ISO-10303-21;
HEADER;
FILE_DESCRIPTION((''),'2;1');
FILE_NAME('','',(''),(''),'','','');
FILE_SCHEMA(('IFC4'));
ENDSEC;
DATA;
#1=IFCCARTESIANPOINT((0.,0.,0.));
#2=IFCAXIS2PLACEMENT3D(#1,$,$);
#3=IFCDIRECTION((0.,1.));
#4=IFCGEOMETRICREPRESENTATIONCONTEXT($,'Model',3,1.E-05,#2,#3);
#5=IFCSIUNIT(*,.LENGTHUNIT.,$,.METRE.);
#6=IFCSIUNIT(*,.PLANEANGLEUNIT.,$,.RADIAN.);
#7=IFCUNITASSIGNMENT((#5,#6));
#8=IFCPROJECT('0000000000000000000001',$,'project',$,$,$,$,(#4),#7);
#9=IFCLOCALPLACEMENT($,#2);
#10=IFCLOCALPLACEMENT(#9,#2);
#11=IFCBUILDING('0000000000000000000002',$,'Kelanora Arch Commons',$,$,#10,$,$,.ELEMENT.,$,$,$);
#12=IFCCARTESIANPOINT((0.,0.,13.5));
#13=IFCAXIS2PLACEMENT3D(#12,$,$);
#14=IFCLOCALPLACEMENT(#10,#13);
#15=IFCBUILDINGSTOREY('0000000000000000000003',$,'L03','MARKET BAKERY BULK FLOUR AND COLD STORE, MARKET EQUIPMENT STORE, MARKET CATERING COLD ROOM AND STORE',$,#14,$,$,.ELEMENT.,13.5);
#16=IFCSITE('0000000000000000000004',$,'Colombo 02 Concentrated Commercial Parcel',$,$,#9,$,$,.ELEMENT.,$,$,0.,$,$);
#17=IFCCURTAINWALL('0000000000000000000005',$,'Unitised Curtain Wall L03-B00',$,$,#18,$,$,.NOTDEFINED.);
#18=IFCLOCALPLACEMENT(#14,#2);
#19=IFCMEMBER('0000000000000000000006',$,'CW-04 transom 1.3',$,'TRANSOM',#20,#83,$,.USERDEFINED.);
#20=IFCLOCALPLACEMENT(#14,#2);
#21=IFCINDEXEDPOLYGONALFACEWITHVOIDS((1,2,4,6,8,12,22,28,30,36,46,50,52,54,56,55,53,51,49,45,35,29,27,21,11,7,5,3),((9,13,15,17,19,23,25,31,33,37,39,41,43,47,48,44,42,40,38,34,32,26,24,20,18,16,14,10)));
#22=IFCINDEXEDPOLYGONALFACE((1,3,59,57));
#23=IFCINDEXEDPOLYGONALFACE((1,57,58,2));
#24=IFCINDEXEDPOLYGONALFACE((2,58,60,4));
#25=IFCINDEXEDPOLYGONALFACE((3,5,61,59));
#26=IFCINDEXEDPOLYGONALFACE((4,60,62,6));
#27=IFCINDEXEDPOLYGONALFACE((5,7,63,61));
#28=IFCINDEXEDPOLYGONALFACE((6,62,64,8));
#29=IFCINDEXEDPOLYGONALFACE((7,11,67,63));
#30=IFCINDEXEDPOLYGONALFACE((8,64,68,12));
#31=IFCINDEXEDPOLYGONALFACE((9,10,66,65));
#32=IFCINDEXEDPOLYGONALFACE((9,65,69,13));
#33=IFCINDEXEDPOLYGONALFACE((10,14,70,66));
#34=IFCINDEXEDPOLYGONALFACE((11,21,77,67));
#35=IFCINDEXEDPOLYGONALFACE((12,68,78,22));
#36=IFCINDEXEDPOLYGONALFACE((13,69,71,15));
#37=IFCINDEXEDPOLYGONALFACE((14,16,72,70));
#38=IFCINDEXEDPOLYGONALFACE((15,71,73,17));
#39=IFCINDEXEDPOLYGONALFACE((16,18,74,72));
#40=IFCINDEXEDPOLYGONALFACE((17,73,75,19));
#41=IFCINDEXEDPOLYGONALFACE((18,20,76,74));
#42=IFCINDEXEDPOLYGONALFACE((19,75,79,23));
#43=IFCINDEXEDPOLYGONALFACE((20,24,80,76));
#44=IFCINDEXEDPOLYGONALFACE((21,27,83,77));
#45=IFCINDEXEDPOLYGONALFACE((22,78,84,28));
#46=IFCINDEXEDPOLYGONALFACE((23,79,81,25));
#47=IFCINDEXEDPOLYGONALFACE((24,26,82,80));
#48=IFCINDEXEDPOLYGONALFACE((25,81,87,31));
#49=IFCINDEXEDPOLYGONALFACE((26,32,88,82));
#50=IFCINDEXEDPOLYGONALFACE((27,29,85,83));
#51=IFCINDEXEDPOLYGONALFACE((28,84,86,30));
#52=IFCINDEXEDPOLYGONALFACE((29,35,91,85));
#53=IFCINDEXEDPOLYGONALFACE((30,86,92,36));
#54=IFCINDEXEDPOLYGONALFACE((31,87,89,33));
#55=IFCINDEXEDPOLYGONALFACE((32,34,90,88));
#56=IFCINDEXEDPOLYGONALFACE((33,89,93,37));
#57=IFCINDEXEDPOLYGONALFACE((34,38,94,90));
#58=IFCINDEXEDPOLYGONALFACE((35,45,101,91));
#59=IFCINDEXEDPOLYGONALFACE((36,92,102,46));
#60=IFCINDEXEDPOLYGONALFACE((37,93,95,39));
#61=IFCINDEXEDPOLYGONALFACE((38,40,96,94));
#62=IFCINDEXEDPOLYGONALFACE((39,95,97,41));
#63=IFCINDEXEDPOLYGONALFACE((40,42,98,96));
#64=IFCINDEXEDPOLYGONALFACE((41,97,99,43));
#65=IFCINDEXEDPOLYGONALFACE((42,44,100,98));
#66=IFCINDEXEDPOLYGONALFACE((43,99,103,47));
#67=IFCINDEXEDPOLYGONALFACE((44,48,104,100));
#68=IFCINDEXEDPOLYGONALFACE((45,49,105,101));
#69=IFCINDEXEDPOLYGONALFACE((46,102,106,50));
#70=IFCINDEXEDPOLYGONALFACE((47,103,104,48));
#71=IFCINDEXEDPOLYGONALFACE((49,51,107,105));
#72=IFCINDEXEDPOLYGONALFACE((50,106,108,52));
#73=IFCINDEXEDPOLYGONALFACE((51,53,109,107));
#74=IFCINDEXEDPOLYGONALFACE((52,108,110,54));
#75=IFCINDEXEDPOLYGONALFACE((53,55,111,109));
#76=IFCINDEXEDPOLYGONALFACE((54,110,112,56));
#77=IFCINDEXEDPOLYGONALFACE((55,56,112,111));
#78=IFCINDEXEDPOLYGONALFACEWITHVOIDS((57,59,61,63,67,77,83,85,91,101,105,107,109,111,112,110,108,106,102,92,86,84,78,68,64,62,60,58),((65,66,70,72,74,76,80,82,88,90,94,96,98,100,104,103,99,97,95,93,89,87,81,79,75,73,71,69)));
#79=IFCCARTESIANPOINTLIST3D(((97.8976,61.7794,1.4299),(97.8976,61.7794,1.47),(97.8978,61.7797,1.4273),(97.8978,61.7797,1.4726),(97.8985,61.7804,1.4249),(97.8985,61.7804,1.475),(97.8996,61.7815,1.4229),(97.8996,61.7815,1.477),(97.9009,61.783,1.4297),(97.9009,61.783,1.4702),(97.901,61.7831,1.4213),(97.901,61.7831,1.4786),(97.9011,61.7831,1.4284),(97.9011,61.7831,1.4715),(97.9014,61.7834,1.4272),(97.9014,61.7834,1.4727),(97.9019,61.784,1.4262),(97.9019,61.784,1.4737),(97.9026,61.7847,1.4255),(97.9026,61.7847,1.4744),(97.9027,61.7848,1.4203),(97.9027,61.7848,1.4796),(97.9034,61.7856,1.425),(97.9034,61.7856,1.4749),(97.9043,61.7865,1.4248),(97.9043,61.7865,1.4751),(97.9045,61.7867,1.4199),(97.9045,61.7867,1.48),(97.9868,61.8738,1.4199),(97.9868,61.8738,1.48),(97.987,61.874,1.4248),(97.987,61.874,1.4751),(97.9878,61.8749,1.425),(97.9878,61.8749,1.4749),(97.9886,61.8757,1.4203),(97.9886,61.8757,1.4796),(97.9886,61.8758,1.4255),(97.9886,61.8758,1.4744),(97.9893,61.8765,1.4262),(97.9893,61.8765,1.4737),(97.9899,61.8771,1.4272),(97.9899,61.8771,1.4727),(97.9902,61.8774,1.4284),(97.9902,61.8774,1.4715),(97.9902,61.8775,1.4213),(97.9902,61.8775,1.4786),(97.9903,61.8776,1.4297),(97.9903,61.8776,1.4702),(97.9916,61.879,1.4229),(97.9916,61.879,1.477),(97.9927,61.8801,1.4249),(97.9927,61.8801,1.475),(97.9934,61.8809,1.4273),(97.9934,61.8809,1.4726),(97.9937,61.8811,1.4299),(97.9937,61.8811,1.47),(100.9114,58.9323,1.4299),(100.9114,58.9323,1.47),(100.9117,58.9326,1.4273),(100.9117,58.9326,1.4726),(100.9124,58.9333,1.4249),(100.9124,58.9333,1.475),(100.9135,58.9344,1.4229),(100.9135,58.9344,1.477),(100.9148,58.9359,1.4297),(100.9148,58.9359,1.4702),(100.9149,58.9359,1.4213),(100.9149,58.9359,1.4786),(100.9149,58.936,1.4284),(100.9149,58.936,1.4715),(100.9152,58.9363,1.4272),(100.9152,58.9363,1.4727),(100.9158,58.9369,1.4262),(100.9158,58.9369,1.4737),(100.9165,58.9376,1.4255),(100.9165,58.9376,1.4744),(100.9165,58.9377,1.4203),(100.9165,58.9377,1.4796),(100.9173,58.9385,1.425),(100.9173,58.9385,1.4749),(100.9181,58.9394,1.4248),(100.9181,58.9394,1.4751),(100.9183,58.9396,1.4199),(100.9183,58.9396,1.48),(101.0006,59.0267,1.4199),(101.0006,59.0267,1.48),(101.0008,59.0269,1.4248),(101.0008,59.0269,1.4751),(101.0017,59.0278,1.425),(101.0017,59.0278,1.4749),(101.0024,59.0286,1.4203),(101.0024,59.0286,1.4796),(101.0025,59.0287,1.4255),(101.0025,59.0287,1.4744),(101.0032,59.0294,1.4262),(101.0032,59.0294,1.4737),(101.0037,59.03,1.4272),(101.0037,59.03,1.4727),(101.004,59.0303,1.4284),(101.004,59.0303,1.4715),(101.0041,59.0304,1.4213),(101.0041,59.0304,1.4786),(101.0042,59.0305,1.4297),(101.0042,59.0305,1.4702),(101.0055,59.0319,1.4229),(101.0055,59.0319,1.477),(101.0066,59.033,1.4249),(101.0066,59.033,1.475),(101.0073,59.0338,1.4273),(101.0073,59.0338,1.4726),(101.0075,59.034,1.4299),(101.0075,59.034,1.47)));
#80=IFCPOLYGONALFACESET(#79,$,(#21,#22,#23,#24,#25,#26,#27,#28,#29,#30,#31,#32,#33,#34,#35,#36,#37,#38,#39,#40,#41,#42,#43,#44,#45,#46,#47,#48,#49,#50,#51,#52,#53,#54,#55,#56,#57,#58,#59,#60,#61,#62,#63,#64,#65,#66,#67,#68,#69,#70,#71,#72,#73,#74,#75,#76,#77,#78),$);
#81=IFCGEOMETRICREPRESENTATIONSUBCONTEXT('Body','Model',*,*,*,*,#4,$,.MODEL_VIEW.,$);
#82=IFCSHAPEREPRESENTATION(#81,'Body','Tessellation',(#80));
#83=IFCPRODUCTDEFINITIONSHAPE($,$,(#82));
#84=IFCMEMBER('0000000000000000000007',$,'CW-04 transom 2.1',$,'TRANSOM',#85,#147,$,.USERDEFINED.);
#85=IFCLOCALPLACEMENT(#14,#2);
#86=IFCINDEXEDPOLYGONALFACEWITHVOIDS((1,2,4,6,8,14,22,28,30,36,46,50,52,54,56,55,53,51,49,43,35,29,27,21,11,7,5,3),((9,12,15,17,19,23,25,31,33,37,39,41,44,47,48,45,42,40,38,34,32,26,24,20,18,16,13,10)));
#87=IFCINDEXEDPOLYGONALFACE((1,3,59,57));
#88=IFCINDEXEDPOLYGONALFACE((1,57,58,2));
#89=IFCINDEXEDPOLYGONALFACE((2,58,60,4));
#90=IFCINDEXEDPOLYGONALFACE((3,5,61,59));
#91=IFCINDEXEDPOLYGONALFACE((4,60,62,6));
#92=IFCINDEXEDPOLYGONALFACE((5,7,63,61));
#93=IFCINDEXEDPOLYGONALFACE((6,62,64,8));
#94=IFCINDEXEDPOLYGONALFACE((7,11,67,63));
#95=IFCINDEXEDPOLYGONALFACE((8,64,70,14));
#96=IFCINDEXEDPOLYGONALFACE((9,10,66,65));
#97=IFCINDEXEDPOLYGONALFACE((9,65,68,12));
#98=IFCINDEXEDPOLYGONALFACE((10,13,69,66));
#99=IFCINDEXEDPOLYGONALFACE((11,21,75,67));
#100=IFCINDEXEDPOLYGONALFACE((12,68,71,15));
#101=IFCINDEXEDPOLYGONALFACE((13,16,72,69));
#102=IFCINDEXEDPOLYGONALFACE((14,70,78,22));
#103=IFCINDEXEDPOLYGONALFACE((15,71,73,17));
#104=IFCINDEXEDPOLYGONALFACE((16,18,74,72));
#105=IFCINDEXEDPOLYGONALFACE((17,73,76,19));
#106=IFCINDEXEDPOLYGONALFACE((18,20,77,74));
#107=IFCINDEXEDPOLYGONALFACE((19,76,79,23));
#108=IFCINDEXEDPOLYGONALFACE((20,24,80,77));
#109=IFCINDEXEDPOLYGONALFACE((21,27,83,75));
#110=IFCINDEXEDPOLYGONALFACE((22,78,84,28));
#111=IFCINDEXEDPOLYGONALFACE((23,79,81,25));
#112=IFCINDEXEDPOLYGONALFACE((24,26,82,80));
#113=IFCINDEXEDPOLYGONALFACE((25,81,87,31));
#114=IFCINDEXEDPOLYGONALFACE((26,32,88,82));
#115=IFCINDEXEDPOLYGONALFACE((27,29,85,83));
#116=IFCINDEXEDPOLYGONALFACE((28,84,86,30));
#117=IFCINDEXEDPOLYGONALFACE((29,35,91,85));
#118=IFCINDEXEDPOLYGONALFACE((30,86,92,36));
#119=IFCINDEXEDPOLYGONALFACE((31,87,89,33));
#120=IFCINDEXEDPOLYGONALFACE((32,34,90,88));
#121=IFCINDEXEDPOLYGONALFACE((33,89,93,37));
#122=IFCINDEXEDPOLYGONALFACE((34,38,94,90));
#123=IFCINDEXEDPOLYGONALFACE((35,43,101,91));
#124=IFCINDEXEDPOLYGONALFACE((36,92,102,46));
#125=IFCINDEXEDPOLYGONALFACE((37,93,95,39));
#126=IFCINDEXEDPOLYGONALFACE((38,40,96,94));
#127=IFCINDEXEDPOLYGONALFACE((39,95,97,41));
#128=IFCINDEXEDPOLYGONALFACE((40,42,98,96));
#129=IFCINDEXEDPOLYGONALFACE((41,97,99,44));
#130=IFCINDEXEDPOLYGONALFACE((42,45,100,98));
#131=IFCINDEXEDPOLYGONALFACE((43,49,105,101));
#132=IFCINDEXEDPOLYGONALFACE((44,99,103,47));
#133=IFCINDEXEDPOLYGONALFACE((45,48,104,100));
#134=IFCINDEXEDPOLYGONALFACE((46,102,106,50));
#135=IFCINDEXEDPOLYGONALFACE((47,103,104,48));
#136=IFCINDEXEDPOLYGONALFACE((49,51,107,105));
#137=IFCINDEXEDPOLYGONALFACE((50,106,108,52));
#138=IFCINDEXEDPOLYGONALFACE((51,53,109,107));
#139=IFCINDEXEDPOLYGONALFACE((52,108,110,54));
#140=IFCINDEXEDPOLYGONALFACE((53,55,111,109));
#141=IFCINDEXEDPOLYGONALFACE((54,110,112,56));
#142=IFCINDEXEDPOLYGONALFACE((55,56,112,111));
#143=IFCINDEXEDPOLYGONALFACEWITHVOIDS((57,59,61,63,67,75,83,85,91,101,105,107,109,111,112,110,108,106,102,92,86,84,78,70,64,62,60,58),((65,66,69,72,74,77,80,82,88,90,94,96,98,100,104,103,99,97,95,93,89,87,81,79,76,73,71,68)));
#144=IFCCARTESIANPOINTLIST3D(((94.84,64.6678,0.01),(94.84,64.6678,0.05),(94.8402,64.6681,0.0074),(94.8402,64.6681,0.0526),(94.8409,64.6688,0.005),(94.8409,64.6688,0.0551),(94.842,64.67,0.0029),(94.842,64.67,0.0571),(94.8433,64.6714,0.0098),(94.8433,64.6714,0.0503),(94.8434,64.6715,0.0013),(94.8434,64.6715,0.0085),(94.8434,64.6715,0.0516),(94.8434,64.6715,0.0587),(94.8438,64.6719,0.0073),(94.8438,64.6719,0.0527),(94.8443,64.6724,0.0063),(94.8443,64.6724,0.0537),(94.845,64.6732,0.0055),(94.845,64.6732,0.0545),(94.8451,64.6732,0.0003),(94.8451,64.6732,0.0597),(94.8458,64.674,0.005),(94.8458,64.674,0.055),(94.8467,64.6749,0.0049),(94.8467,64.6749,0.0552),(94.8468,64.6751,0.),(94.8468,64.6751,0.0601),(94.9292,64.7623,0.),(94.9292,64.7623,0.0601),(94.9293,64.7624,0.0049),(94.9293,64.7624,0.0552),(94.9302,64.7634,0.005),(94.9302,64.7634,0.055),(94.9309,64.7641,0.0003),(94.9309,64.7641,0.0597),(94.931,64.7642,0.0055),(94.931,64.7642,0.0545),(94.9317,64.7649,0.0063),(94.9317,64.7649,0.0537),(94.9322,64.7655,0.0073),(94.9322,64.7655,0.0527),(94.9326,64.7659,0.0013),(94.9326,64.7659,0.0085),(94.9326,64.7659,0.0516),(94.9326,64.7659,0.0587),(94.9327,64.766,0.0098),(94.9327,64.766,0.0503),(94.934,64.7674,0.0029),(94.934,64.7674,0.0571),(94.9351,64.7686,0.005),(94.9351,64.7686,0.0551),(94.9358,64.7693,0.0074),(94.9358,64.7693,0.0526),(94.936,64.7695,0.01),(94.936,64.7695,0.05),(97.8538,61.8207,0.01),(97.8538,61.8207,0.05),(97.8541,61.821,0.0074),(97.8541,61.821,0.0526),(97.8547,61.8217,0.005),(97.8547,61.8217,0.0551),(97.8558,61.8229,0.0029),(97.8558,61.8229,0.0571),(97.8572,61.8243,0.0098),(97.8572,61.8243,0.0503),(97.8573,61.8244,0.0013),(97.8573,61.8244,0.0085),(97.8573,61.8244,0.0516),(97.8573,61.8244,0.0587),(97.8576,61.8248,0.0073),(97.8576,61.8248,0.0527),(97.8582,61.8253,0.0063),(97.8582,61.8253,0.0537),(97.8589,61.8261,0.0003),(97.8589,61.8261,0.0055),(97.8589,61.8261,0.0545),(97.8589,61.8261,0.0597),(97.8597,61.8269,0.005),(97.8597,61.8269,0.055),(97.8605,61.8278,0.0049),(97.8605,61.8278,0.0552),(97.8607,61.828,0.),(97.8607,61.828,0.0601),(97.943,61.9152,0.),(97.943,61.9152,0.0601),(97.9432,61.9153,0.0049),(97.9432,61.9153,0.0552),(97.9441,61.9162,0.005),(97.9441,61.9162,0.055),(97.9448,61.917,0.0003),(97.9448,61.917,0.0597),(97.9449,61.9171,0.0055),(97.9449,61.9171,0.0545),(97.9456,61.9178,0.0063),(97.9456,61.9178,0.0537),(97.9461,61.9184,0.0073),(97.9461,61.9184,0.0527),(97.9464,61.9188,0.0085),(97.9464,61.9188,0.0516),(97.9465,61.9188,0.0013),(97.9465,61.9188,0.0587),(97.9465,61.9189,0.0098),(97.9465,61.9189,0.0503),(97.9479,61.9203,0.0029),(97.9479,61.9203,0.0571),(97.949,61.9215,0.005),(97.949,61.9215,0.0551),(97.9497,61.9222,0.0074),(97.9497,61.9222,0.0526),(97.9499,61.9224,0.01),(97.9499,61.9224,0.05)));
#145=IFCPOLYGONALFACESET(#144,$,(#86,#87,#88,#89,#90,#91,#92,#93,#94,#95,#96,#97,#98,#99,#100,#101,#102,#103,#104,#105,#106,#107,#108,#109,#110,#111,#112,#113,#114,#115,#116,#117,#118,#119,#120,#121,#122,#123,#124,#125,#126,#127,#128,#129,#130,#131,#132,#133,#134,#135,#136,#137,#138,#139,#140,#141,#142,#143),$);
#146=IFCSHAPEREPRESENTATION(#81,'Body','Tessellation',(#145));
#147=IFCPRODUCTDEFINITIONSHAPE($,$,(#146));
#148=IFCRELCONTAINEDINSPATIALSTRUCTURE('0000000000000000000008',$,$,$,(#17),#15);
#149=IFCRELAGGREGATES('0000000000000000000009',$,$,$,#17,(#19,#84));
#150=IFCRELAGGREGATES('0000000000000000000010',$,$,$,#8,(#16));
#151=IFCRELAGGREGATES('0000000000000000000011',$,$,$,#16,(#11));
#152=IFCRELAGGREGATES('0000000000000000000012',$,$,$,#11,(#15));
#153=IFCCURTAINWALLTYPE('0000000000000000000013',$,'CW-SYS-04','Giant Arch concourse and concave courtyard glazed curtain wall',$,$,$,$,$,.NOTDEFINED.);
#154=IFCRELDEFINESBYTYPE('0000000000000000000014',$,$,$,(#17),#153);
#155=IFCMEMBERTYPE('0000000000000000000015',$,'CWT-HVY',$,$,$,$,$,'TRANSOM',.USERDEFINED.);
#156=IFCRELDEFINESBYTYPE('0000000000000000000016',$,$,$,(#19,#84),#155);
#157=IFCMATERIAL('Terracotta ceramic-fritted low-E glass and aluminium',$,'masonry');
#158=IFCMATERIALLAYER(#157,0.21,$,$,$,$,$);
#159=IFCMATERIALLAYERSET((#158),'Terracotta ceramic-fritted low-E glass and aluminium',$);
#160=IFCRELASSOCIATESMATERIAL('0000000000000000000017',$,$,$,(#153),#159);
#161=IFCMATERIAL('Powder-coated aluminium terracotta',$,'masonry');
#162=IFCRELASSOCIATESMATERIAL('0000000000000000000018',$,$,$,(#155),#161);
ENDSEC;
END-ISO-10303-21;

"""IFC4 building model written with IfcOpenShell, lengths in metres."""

from ifc_helpers import new_model, si_unit, direction, frame, origin, origin_2d, place, context, subcontext, project, spatial, hollow_rectangle, extrude, material, layer, layer_set, material_profile, profile_set, type_object, element, aggregate, save


model = new_model("IFC4")

# Units and contexts
model_context = context("Model", 3, precision=1e-05, world=origin(), true_north=direction((0.0, 1.0)))
body_context = subcontext(model_context, "Body", "Model", "MODEL_VIEW")
ifc_project = project(units=[si_unit("LENGTHUNIT", "METRE"), si_unit("PLANEANGLEUNIT", "RADIAN")], contexts=[model_context])

# Site, building, storey
site_placement = place(None, origin())
site = spatial("IfcSite", under=ifc_project, at=site_placement, Name="Colombo 02 Concentrated Commercial Parcel", CompositionType="ELEMENT", RefElevation=0.0)
building_placement = place(site_placement, origin())
building = spatial("IfcBuilding", under=site, at=building_placement, Name="Kelanora Arch Commons", CompositionType="ELEMENT")
storey_placement = place(building_placement, frame((0.0, 0.0, 13.5)))
storey = spatial("IfcBuildingStorey", under=building, at=storey_placement, Name="L03", Description="MARKET BAKERY BULK FLOUR AND COLD STORE, MARKET EQUIPMENT STORE, MARKET CATERING COLD ROOM AND STORE", CompositionType="ELEMENT", Elevation=13.5)

# Curtain wall
ifc_material_1 = material(Name="Terracotta ceramic-fritted low-E glass and aluminium", Category="masonry")
ifc_layer_1 = layer(ifc_material_1, 0.21)
ifc_layer_set_1 = layer_set([ifc_layer_1], Name="Terracotta ceramic-fritted low-E glass and aluminium")
curtain_wall_type = type_object("IfcCurtainWallType", Name="CW-SYS-04", Description="Giant Arch concourse and concave courtyard glazed curtain wall", PredefinedType="NOTDEFINED", material=ifc_layer_set_1)
curtain_wall_1_placement = place(storey_placement, origin())
curtain_wall_1 = element("IfcCurtainWall", 1, at=curtain_wall_1_placement, inside=storey, type_object=curtain_wall_type, Name="Unitised Curtain Wall L03-B00", PredefinedType="NOTDEFINED")
ifc_material_2 = material(Name="Powder-coated aluminium terracotta", Category="masonry")

# Members
ifc_material_profile_1 = material_profile(ifc_material_2, hollow_rectangle(XDim=0.1399, YDim=0.0601, WallThickness=0.0049, InnerFilletRadius=0.0049, OuterFilletRadius=0.01, at=origin_2d()), Name="CWT140x60")
ifc_profile_set_1 = profile_set([ifc_material_profile_1], Name="Powder-coated aluminium terracotta")
member_type_1 = type_object("IfcMemberType", Name="CWT-HVY", ElementType="TRANSOM", PredefinedType="USERDEFINED", material=ifc_profile_set_1)
member_1_placement = place(storey_placement, frame((100.9595, 58.9832, 1.45), z_axis=(-0.72693, 0.686712, 0.0), x_axis=(-0.686712, -0.72693, 0.0)))
member_1 = element("IfcMember", 2, at=member_1_placement, type_object=member_type_1, Name="CW-04 transom 1.3", ObjectType="TRANSOM", PredefinedType="USERDEFINED", context=body_context, shape_type="SweptSolid", body=[
    extrude(hollow_rectangle(XDim=0.1399, YDim=0.0601, WallThickness=0.0049, InnerFilletRadius=0.0049, OuterFilletRadius=0.01, at=origin_2d()), origin(), (0.0, 0.0, 1.0), 4.146),
])
member_2_placement = place(storey_placement, frame((97.9019, 61.8716, 0.03), z_axis=(-0.72693, 0.686712, 0.0), x_axis=(-0.686712, -0.72693, 0.0)))
member_2 = element("IfcMember", 3, at=member_2_placement, type_object=member_type_1, Name="CW-04 transom 2.1", ObjectType="TRANSOM", PredefinedType="USERDEFINED", context=body_context, shape_type="SweptSolid", body=[
    extrude(hollow_rectangle(XDim=0.1399, YDim=0.0601, WallThickness=0.0049, InnerFilletRadius=0.0049, OuterFilletRadius=0.01, at=origin_2d()), origin(), (0.0, 0.0, 1.0), 4.146),
])

aggregate(curtain_wall_1, [member_1, member_2])

save(model, "model.ifc")
